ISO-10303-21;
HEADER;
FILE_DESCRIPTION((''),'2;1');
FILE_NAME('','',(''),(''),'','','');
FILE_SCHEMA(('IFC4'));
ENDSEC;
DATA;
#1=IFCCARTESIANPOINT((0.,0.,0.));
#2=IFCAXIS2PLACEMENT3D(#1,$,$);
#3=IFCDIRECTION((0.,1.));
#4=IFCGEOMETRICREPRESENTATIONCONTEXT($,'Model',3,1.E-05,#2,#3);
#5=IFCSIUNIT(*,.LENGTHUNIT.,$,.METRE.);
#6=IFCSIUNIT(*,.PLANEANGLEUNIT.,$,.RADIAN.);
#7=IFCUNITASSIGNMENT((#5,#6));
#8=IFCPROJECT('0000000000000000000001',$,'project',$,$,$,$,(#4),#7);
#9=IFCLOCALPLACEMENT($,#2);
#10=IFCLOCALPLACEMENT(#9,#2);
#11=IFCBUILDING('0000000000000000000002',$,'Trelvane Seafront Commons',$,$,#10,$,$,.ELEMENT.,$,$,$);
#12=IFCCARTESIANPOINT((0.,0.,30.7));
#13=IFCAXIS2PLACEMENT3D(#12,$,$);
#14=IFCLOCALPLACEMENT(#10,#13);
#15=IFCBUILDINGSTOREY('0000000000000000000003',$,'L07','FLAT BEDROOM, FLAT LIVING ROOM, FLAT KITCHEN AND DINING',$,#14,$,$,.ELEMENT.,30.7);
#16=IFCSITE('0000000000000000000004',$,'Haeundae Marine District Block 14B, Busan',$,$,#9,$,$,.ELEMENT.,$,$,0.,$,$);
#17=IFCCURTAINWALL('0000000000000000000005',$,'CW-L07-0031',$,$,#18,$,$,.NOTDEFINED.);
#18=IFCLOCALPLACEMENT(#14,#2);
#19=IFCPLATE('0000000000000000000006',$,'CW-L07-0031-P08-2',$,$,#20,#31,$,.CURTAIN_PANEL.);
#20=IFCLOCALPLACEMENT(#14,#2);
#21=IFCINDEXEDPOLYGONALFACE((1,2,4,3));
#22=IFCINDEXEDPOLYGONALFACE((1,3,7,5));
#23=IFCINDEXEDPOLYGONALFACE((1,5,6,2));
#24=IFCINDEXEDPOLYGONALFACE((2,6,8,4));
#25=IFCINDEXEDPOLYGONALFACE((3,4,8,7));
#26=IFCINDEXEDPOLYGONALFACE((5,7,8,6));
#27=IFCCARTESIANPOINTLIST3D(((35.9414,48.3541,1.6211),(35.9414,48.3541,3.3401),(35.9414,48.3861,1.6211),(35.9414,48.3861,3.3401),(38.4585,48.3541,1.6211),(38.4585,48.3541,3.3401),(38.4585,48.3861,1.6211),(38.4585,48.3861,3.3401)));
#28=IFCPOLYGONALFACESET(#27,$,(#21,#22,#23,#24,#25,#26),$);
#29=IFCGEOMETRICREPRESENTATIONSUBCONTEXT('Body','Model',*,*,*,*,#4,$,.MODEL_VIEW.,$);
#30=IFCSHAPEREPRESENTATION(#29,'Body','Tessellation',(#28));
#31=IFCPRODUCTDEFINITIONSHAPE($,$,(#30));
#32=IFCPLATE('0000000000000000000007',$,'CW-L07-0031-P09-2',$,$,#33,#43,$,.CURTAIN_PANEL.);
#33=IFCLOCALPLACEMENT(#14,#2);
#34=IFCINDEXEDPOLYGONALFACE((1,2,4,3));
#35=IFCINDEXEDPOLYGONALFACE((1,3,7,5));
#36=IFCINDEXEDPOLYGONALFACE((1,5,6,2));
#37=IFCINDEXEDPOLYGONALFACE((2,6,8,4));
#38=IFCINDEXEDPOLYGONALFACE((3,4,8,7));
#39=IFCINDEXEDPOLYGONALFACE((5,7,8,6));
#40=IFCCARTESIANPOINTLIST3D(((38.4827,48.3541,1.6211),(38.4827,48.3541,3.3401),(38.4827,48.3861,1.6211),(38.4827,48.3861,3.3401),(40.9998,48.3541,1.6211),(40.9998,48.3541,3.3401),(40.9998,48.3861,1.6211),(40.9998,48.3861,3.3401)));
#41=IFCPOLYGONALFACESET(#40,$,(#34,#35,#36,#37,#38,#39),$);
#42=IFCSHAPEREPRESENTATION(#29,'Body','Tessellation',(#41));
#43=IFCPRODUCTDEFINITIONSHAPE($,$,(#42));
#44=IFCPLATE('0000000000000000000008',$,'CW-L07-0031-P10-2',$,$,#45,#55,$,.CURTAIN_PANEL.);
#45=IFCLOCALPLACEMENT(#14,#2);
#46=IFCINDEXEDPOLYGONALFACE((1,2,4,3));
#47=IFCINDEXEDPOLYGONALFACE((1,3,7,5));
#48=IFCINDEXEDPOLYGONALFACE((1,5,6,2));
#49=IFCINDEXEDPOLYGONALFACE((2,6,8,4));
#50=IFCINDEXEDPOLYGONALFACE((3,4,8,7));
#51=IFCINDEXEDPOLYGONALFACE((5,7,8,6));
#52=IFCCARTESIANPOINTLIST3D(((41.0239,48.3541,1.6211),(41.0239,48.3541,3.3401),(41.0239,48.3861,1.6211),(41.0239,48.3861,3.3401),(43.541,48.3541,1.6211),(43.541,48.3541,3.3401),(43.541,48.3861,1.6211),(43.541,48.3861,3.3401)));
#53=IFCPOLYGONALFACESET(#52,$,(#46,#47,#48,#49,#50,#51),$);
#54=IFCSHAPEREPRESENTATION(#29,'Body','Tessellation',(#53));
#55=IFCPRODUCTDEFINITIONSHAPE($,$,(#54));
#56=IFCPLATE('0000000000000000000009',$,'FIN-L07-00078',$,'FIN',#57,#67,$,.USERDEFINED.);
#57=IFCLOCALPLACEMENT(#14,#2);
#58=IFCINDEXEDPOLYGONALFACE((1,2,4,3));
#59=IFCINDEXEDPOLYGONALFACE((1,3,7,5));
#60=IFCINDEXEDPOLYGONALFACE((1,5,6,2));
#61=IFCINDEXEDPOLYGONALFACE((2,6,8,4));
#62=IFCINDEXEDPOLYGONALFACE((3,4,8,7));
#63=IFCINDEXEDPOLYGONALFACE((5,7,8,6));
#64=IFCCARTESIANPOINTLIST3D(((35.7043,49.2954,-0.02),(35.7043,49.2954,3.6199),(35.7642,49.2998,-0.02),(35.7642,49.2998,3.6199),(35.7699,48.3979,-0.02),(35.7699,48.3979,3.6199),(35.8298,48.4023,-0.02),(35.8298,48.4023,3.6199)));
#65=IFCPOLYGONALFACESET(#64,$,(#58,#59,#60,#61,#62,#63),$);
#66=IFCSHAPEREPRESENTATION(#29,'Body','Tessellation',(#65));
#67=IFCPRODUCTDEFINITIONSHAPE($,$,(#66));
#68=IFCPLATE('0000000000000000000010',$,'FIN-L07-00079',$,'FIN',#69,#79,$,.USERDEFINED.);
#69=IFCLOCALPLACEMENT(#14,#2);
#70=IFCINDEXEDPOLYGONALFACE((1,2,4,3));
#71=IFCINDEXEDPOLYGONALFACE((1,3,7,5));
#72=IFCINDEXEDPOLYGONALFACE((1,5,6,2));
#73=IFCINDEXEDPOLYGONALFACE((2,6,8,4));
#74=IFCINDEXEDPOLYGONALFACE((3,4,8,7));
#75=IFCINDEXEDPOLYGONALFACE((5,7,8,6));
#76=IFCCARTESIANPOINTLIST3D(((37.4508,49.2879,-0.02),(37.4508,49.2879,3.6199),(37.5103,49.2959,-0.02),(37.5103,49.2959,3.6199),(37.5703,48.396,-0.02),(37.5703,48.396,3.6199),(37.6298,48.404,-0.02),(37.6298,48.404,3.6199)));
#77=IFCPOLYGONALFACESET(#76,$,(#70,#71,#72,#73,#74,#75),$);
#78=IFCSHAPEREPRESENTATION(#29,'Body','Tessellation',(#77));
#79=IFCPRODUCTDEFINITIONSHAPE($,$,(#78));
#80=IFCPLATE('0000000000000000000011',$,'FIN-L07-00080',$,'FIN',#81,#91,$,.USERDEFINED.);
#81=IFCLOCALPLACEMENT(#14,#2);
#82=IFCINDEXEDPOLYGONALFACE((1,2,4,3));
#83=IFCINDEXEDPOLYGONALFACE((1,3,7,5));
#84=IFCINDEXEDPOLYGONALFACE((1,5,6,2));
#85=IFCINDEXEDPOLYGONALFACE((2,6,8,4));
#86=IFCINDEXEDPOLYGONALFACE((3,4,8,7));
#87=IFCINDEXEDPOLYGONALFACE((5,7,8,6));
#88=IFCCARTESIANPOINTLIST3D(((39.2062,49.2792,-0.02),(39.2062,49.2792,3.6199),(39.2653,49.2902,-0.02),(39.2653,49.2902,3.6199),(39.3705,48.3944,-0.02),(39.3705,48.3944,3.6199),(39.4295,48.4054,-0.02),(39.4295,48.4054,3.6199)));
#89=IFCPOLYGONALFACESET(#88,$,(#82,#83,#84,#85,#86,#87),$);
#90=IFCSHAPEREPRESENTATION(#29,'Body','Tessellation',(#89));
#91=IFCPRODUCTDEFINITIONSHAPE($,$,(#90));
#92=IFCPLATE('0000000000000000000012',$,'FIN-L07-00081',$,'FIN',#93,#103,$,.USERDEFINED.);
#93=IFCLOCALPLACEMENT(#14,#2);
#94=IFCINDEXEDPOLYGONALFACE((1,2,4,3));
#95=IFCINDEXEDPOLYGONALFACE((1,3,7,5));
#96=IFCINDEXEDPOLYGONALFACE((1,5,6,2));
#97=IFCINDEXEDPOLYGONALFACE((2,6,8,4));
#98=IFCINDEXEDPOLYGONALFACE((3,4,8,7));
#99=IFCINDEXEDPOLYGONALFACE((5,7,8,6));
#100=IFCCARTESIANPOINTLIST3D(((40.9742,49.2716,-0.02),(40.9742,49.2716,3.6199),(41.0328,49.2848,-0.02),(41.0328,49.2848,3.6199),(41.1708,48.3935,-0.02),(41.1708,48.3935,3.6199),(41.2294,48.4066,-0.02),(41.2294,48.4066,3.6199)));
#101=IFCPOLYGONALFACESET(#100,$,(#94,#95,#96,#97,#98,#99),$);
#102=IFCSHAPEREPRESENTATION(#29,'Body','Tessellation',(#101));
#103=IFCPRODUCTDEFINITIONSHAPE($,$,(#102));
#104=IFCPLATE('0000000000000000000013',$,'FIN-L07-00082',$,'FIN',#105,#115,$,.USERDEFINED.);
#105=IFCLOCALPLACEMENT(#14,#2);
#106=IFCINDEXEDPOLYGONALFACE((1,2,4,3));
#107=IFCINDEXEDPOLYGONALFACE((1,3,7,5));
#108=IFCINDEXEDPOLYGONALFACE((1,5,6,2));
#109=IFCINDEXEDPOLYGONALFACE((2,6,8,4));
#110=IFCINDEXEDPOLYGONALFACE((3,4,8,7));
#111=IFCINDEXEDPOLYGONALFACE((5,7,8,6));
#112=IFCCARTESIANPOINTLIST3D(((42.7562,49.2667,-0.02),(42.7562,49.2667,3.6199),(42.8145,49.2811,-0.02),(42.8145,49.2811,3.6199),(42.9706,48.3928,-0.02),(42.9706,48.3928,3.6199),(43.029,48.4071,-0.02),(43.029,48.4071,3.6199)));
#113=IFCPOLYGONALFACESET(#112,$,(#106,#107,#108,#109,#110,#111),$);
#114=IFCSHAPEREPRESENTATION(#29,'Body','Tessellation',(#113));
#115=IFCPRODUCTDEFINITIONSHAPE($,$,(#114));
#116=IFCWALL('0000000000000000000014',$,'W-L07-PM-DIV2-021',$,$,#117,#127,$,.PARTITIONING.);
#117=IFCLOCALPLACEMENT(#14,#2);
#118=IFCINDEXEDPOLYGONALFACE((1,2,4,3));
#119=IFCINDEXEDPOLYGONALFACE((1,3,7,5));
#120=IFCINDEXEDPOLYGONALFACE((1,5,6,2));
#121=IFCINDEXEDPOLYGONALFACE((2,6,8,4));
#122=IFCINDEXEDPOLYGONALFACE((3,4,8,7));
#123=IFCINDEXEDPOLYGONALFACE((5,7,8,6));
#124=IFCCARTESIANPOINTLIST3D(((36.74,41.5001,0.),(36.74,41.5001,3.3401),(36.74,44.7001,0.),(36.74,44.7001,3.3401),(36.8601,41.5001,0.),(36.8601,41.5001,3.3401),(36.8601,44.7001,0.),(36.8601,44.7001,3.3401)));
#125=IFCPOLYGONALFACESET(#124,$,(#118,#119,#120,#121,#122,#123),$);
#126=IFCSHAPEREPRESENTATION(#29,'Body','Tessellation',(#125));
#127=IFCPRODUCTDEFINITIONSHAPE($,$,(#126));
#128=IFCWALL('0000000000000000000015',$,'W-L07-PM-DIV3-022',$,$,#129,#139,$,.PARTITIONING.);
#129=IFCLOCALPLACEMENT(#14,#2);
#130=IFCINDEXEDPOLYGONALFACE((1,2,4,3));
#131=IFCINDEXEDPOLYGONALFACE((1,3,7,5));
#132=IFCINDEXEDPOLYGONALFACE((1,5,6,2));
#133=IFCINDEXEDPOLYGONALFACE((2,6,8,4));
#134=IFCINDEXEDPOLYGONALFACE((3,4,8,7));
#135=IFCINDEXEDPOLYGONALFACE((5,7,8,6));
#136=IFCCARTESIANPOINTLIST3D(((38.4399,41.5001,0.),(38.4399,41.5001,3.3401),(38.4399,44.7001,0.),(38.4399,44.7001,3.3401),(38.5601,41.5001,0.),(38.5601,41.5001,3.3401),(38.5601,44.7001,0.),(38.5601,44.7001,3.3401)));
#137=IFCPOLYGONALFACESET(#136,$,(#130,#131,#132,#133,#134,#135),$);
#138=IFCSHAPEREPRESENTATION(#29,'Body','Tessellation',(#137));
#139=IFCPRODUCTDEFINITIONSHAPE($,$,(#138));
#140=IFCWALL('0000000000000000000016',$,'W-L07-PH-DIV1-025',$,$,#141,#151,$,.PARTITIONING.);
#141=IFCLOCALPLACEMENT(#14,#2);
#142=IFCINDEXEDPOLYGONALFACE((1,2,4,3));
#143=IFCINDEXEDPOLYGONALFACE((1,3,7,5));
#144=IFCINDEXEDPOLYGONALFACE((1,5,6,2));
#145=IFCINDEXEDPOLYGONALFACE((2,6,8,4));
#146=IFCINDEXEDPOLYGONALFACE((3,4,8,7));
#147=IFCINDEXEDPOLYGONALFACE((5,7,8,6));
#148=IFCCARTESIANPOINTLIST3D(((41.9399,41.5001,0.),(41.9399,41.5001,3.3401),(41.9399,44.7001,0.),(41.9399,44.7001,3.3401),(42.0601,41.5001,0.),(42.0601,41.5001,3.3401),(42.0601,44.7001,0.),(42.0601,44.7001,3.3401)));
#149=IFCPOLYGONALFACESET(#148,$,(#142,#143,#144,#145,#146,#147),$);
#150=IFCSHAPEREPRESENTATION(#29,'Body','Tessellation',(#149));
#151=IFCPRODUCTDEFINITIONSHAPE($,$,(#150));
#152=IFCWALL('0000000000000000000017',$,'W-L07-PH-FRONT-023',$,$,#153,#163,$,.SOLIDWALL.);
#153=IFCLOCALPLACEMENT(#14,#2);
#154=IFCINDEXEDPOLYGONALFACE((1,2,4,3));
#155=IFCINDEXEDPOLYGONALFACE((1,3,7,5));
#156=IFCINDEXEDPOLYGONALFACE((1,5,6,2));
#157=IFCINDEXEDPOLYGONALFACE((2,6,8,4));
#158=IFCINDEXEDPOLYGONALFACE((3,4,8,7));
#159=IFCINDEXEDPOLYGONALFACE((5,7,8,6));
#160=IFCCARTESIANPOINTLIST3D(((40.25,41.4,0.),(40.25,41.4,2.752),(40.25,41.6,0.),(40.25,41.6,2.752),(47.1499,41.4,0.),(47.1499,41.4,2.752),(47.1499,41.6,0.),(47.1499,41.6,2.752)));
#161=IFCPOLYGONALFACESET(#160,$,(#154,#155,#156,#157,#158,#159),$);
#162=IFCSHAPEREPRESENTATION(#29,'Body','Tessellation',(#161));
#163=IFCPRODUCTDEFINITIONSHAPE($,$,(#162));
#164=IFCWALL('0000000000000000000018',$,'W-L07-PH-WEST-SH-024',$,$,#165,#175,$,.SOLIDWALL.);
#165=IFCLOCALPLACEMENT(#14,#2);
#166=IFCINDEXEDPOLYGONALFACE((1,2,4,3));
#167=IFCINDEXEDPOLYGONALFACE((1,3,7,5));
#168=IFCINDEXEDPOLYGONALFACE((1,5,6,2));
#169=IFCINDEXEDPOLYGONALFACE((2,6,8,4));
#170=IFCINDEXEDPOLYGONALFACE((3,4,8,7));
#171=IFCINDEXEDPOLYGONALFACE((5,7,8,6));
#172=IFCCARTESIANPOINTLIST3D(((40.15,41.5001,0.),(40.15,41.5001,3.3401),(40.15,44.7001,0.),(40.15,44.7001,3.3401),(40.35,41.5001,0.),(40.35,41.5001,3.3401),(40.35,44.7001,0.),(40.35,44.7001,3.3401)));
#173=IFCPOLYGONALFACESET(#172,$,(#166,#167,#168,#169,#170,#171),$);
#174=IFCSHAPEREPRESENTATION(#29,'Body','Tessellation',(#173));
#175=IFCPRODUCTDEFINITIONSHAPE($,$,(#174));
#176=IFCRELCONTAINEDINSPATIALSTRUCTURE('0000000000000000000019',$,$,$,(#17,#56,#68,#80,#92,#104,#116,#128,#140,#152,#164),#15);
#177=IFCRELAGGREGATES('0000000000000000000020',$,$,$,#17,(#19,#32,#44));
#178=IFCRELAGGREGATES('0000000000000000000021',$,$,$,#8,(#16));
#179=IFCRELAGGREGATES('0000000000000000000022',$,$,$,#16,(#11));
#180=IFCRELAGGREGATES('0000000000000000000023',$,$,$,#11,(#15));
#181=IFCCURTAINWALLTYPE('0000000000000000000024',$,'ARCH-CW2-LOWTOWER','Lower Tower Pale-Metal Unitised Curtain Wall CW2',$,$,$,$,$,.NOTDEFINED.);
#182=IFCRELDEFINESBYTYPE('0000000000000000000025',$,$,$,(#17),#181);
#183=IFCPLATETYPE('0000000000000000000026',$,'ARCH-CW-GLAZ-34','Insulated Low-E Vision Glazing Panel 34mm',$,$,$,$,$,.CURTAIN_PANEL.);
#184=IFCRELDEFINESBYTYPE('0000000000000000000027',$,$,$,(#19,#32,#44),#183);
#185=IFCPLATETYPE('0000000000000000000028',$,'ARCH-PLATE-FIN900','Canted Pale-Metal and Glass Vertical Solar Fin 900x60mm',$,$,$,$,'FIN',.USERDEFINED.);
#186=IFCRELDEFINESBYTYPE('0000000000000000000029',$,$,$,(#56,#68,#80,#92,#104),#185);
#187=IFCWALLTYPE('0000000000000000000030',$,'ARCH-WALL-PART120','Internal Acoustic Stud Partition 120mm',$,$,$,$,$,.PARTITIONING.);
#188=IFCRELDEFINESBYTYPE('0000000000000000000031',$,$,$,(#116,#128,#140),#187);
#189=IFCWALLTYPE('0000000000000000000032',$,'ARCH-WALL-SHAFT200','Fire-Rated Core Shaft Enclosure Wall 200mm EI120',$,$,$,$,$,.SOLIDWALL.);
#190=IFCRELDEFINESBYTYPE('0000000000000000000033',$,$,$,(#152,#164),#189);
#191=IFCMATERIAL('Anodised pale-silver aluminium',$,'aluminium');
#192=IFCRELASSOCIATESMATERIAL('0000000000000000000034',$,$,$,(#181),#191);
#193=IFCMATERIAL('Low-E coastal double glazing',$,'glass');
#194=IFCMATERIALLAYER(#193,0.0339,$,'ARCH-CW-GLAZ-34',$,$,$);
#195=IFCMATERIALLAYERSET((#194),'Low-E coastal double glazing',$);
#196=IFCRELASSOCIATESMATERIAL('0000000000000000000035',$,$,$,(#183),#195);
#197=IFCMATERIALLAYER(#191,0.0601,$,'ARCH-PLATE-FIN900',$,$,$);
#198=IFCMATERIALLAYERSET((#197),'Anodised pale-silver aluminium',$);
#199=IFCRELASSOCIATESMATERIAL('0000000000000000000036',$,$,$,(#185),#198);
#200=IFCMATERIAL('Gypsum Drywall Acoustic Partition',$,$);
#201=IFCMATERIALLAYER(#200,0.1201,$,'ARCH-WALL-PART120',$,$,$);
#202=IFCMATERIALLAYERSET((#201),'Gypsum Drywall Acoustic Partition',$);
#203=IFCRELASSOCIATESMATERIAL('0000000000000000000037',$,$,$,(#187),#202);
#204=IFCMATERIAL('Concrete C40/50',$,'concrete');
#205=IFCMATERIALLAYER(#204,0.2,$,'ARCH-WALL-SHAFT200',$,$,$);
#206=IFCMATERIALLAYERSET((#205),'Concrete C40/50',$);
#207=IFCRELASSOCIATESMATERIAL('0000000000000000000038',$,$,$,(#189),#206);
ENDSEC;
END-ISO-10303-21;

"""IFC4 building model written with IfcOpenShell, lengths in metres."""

from ifc_helpers import new_model, si_unit, direction, frame, frame_2d, origin, origin_2d, place, context, subcontext, project, spatial, rectangle, extrude, source, transform, mapped, material, layer, layer_set, type_object, element, aggregate, save


model = new_model("IFC4")

# Units and contexts
model_context = context("Model", 3, precision=1e-05, world=origin(), true_north=direction((0.0, 1.0)))
body_context = subcontext(model_context, "Body", "Model", "MODEL_VIEW")
ifc_project = project(units=[si_unit("LENGTHUNIT", "METRE"), si_unit("PLANEANGLEUNIT", "RADIAN")], contexts=[model_context])

# Site, building, storey
site_placement = place(None, origin())
site = spatial("IfcSite", under=ifc_project, at=site_placement, Name="Haeundae Marine District Block 14B, Busan", CompositionType="ELEMENT", RefElevation=0.0)
building_placement = place(site_placement, origin())
building = spatial("IfcBuilding", under=site, at=building_placement, Name="Trelvane Seafront Commons", CompositionType="ELEMENT")
storey_placement = place(building_placement, frame((0.0, 0.0, 30.7)))
storey = spatial("IfcBuildingStorey", under=building, at=storey_placement, Name="L07", Description="FLAT BEDROOM, FLAT LIVING ROOM, FLAT KITCHEN AND DINING", CompositionType="ELEMENT", Elevation=30.7)

# Curtain wall, plates
ifc_material_1 = material(Name="Anodised pale-silver aluminium", Category="aluminium")
curtain_wall_type = type_object("IfcCurtainWallType", Name="ARCH-CW2-LOWTOWER", Description="Lower Tower Pale-Metal Unitised Curtain Wall CW2", PredefinedType="NOTDEFINED", material=ifc_material_1)
curtain_wall_placement = place(storey_placement, origin())
curtain_wall = element("IfcCurtainWall", 1, at=curtain_wall_placement, inside=storey, type_object=curtain_wall_type, Name="CW-L07-0031", PredefinedType="NOTDEFINED")
ifc_material_2 = material(Name="Low-E coastal double glazing", Category="glass")
ifc_layer_1 = layer(ifc_material_2, 0.0339, Name="ARCH-CW-GLAZ-34")
ifc_layer_set_1 = layer_set([ifc_layer_1], Name="Low-E coastal double glazing")
plate_type_1 = type_object("IfcPlateType", Name="ARCH-CW-GLAZ-34", Description="Insulated Low-E Vision Glazing Panel 34mm", PredefinedType="CURTAIN_PANEL", material=ifc_layer_set_1)
shared_shape_1 = source(origin(), body_context, "Body", "SweptSolid", [
    extrude(rectangle(XDim=2.5171, YDim=0.032, at=origin_2d()), origin(), (0.0, 0.0, 1.0), 1.719),
])
plate_1_placement = place(storey_placement, frame((37.2, 48.3701, 1.6211), z_axis=(0.0, 0.0, 1.0), x_axis=(1.0, 0.0, 0.0)))
plate_1 = element("IfcPlate", 2, at=plate_1_placement, type_object=plate_type_1, Name="CW-L07-0031-P08-2", PredefinedType="CURTAIN_PANEL", context=body_context, shape_type="MappedRepresentation", body=[
    mapped(shared_shape_1, transform((0.0, 0.0, 0.0), x_axis=(1.0, 0.0, 0.0), y_axis=(0.0, 1.0, 0.0), z_axis=(0.0, 0.0, 1.0), scale=1.0)),
])
plate_2_placement = place(storey_placement, frame((39.7412, 48.3701, 1.6211), z_axis=(0.0, 0.0, 1.0), x_axis=(1.0, 0.0, 0.0)))
plate_2 = element("IfcPlate", 3, at=plate_2_placement, type_object=plate_type_1, Name="CW-L07-0031-P09-2", PredefinedType="CURTAIN_PANEL", context=body_context, shape_type="MappedRepresentation", body=[
    mapped(shared_shape_1, transform((0.0, 0.0, 0.0), x_axis=(1.0, 0.0, 0.0), y_axis=(0.0, 1.0, 0.0), z_axis=(0.0, 0.0, 1.0), scale=1.0)),
])
plate_3_placement = place(storey_placement, frame((42.2825, 48.3701, 1.6211), z_axis=(0.0, 0.0, 1.0), x_axis=(1.0, 0.0, 0.0)))
plate_3 = element("IfcPlate", 4, at=plate_3_placement, type_object=plate_type_1, Name="CW-L07-0031-P10-2", PredefinedType="CURTAIN_PANEL", context=body_context, shape_type="MappedRepresentation", body=[
    mapped(shared_shape_1, transform((0.0, 0.0, 0.0), x_axis=(1.0, 0.0, 0.0), y_axis=(0.0, 1.0, 0.0), z_axis=(0.0, 0.0, 1.0), scale=1.0)),
])
aggregate(curtain_wall, [plate_1, plate_2, plate_3])

# Plates
ifc_layer_2 = layer(ifc_material_1, 0.0601, Name="ARCH-PLATE-FIN900")
ifc_layer_set_2 = layer_set([ifc_layer_2], Name="Anodised pale-silver aluminium")
plate_type_2 = type_object("IfcPlateType", Name="ARCH-PLATE-FIN900", Description="Canted Pale-Metal and Glass Vertical Solar Fin 900x60mm", ElementType="FIN", PredefinedType="USERDEFINED", material=ifc_layer_set_2)
shared_shape_2 = source(origin(), body_context, "Body", "SweptSolid", [
    extrude(rectangle(XDim=0.8999, YDim=0.0601, at=origin_2d()), origin(), (0.0, 0.0, 1.0), 3.6399),
])
for number, where, z_axis, x_axis, name in (
    (5, (35.7671, 48.8489, -0.02), (0.0, 0.0, 1.0), (-0.07289, 0.99734, 0.0), "FIN-L07-00078"),
    (6, (37.5403, 48.8459, -0.02), (0.0, 0.0, 1.0), (-0.132782, 0.991145, 0.0), "FIN-L07-00079"),
    (7, (39.3179, 48.8423, -0.02), (0.0, 0.0, 1.0), (-0.182551, 0.983196, 0.0), "FIN-L07-00080"),
    (8, (41.1018, 48.8391, -0.02), (0.0, 0.0, 1.0), (-0.218436, 0.975851, 0.0), "FIN-L07-00081"),
    (9, (42.8926, 48.8369, -0.02), (0.0, 0.0, 1.0), (-0.238325, 0.971185, 0.0), "FIN-L07-00082"),
):
    element("IfcPlate", number, at=place(storey_placement, frame(where, z_axis=z_axis, x_axis=x_axis)), inside=storey, type_object=plate_type_2, Name=name, ObjectType="FIN", PredefinedType="USERDEFINED", context=body_context, shape_type="MappedRepresentation", body=[
        mapped(shared_shape_2, transform((0.0, 0.0, 0.0), x_axis=(1.0, 0.0, 0.0), y_axis=(0.0, 1.0, 0.0), z_axis=(0.0, 0.0, 1.0), scale=1.0)),
    ])

# Walls
ifc_material_3 = material(Name="Gypsum Drywall Acoustic Partition")
ifc_layer_3 = layer(ifc_material_3, 0.1201, Name="ARCH-WALL-PART120")
ifc_layer_set_3 = layer_set([ifc_layer_3], Name="Gypsum Drywall Acoustic Partition")
wall_type_1 = type_object("IfcWallType", Name="ARCH-WALL-PART120", Description="Internal Acoustic Stud Partition 120mm", PredefinedType="PARTITIONING", material=ifc_layer_set_3)
for number, where, z_axis, x_axis, name in (
    (10, (36.8, 41.5, 0.0), (0.0, 0.0, 1.0), (0.0, 1.0, 0.0), "W-L07-PM-DIV2-021"),
    (11, (38.5, 41.5, 0.0), (0.0, 0.0, 1.0), (0.0, 1.0, 0.0), "W-L07-PM-DIV3-022"),
    (12, (42.0, 41.5, 0.0), (0.0, 0.0, 1.0), (0.0, 1.0, 0.0), "W-L07-PH-DIV1-025"),
):
    element("IfcWall", number, at=place(storey_placement, frame(where, z_axis=z_axis, x_axis=x_axis)), inside=storey, type_object=wall_type_1, Name=name, PredefinedType="PARTITIONING", context=body_context, shape_type="SweptSolid", body=[
        extrude(rectangle(XDim=3.2, YDim=0.1201, at=frame_2d((1.6001, 0.0))), origin(), (0.0, 0.0, 1.0), 3.3401),
    ])

# Walls
ifc_material_4 = material(Name="Concrete C40/50", Category="concrete")
ifc_layer_4 = layer(ifc_material_4, 0.2, Name="ARCH-WALL-SHAFT200")
ifc_layer_set_4 = layer_set([ifc_layer_4], Name="Concrete C40/50")
wall_type_2 = type_object("IfcWallType", Name="ARCH-WALL-SHAFT200", Description="Fire-Rated Core Shaft Enclosure Wall 200mm EI120", PredefinedType="SOLIDWALL", material=ifc_layer_set_4)
wall_1_placement = place(storey_placement, frame((40.25, 41.5, 0.0), z_axis=(0.0, 0.0, 1.0), x_axis=(1.0, 0.0, 0.0)))
element("IfcWall", 13, at=wall_1_placement, inside=storey, type_object=wall_type_2, Name="W-L07-PH-FRONT-023", PredefinedType="SOLIDWALL", context=body_context, shape_type="SweptSolid", body=[
    extrude(rectangle(XDim=6.8999, YDim=0.2, at=frame_2d((3.45, 0.0))), origin(), (0.0, 0.0, 1.0), 2.752),
])
wall_2_placement = place(storey_placement, frame((40.25, 41.5, 0.0), z_axis=(0.0, 0.0, 1.0), x_axis=(0.0, 1.0, 0.0)))
element("IfcWall", 14, at=wall_2_placement, inside=storey, type_object=wall_type_2, Name="W-L07-PH-WEST-SH-024", PredefinedType="SOLIDWALL", context=body_context, shape_type="SweptSolid", body=[
    extrude(rectangle(XDim=3.2, YDim=0.2, at=frame_2d((1.6001, 0.0))), origin(), (0.0, 0.0, 1.0), 3.3401),
])

save(model, "model.ifc")
